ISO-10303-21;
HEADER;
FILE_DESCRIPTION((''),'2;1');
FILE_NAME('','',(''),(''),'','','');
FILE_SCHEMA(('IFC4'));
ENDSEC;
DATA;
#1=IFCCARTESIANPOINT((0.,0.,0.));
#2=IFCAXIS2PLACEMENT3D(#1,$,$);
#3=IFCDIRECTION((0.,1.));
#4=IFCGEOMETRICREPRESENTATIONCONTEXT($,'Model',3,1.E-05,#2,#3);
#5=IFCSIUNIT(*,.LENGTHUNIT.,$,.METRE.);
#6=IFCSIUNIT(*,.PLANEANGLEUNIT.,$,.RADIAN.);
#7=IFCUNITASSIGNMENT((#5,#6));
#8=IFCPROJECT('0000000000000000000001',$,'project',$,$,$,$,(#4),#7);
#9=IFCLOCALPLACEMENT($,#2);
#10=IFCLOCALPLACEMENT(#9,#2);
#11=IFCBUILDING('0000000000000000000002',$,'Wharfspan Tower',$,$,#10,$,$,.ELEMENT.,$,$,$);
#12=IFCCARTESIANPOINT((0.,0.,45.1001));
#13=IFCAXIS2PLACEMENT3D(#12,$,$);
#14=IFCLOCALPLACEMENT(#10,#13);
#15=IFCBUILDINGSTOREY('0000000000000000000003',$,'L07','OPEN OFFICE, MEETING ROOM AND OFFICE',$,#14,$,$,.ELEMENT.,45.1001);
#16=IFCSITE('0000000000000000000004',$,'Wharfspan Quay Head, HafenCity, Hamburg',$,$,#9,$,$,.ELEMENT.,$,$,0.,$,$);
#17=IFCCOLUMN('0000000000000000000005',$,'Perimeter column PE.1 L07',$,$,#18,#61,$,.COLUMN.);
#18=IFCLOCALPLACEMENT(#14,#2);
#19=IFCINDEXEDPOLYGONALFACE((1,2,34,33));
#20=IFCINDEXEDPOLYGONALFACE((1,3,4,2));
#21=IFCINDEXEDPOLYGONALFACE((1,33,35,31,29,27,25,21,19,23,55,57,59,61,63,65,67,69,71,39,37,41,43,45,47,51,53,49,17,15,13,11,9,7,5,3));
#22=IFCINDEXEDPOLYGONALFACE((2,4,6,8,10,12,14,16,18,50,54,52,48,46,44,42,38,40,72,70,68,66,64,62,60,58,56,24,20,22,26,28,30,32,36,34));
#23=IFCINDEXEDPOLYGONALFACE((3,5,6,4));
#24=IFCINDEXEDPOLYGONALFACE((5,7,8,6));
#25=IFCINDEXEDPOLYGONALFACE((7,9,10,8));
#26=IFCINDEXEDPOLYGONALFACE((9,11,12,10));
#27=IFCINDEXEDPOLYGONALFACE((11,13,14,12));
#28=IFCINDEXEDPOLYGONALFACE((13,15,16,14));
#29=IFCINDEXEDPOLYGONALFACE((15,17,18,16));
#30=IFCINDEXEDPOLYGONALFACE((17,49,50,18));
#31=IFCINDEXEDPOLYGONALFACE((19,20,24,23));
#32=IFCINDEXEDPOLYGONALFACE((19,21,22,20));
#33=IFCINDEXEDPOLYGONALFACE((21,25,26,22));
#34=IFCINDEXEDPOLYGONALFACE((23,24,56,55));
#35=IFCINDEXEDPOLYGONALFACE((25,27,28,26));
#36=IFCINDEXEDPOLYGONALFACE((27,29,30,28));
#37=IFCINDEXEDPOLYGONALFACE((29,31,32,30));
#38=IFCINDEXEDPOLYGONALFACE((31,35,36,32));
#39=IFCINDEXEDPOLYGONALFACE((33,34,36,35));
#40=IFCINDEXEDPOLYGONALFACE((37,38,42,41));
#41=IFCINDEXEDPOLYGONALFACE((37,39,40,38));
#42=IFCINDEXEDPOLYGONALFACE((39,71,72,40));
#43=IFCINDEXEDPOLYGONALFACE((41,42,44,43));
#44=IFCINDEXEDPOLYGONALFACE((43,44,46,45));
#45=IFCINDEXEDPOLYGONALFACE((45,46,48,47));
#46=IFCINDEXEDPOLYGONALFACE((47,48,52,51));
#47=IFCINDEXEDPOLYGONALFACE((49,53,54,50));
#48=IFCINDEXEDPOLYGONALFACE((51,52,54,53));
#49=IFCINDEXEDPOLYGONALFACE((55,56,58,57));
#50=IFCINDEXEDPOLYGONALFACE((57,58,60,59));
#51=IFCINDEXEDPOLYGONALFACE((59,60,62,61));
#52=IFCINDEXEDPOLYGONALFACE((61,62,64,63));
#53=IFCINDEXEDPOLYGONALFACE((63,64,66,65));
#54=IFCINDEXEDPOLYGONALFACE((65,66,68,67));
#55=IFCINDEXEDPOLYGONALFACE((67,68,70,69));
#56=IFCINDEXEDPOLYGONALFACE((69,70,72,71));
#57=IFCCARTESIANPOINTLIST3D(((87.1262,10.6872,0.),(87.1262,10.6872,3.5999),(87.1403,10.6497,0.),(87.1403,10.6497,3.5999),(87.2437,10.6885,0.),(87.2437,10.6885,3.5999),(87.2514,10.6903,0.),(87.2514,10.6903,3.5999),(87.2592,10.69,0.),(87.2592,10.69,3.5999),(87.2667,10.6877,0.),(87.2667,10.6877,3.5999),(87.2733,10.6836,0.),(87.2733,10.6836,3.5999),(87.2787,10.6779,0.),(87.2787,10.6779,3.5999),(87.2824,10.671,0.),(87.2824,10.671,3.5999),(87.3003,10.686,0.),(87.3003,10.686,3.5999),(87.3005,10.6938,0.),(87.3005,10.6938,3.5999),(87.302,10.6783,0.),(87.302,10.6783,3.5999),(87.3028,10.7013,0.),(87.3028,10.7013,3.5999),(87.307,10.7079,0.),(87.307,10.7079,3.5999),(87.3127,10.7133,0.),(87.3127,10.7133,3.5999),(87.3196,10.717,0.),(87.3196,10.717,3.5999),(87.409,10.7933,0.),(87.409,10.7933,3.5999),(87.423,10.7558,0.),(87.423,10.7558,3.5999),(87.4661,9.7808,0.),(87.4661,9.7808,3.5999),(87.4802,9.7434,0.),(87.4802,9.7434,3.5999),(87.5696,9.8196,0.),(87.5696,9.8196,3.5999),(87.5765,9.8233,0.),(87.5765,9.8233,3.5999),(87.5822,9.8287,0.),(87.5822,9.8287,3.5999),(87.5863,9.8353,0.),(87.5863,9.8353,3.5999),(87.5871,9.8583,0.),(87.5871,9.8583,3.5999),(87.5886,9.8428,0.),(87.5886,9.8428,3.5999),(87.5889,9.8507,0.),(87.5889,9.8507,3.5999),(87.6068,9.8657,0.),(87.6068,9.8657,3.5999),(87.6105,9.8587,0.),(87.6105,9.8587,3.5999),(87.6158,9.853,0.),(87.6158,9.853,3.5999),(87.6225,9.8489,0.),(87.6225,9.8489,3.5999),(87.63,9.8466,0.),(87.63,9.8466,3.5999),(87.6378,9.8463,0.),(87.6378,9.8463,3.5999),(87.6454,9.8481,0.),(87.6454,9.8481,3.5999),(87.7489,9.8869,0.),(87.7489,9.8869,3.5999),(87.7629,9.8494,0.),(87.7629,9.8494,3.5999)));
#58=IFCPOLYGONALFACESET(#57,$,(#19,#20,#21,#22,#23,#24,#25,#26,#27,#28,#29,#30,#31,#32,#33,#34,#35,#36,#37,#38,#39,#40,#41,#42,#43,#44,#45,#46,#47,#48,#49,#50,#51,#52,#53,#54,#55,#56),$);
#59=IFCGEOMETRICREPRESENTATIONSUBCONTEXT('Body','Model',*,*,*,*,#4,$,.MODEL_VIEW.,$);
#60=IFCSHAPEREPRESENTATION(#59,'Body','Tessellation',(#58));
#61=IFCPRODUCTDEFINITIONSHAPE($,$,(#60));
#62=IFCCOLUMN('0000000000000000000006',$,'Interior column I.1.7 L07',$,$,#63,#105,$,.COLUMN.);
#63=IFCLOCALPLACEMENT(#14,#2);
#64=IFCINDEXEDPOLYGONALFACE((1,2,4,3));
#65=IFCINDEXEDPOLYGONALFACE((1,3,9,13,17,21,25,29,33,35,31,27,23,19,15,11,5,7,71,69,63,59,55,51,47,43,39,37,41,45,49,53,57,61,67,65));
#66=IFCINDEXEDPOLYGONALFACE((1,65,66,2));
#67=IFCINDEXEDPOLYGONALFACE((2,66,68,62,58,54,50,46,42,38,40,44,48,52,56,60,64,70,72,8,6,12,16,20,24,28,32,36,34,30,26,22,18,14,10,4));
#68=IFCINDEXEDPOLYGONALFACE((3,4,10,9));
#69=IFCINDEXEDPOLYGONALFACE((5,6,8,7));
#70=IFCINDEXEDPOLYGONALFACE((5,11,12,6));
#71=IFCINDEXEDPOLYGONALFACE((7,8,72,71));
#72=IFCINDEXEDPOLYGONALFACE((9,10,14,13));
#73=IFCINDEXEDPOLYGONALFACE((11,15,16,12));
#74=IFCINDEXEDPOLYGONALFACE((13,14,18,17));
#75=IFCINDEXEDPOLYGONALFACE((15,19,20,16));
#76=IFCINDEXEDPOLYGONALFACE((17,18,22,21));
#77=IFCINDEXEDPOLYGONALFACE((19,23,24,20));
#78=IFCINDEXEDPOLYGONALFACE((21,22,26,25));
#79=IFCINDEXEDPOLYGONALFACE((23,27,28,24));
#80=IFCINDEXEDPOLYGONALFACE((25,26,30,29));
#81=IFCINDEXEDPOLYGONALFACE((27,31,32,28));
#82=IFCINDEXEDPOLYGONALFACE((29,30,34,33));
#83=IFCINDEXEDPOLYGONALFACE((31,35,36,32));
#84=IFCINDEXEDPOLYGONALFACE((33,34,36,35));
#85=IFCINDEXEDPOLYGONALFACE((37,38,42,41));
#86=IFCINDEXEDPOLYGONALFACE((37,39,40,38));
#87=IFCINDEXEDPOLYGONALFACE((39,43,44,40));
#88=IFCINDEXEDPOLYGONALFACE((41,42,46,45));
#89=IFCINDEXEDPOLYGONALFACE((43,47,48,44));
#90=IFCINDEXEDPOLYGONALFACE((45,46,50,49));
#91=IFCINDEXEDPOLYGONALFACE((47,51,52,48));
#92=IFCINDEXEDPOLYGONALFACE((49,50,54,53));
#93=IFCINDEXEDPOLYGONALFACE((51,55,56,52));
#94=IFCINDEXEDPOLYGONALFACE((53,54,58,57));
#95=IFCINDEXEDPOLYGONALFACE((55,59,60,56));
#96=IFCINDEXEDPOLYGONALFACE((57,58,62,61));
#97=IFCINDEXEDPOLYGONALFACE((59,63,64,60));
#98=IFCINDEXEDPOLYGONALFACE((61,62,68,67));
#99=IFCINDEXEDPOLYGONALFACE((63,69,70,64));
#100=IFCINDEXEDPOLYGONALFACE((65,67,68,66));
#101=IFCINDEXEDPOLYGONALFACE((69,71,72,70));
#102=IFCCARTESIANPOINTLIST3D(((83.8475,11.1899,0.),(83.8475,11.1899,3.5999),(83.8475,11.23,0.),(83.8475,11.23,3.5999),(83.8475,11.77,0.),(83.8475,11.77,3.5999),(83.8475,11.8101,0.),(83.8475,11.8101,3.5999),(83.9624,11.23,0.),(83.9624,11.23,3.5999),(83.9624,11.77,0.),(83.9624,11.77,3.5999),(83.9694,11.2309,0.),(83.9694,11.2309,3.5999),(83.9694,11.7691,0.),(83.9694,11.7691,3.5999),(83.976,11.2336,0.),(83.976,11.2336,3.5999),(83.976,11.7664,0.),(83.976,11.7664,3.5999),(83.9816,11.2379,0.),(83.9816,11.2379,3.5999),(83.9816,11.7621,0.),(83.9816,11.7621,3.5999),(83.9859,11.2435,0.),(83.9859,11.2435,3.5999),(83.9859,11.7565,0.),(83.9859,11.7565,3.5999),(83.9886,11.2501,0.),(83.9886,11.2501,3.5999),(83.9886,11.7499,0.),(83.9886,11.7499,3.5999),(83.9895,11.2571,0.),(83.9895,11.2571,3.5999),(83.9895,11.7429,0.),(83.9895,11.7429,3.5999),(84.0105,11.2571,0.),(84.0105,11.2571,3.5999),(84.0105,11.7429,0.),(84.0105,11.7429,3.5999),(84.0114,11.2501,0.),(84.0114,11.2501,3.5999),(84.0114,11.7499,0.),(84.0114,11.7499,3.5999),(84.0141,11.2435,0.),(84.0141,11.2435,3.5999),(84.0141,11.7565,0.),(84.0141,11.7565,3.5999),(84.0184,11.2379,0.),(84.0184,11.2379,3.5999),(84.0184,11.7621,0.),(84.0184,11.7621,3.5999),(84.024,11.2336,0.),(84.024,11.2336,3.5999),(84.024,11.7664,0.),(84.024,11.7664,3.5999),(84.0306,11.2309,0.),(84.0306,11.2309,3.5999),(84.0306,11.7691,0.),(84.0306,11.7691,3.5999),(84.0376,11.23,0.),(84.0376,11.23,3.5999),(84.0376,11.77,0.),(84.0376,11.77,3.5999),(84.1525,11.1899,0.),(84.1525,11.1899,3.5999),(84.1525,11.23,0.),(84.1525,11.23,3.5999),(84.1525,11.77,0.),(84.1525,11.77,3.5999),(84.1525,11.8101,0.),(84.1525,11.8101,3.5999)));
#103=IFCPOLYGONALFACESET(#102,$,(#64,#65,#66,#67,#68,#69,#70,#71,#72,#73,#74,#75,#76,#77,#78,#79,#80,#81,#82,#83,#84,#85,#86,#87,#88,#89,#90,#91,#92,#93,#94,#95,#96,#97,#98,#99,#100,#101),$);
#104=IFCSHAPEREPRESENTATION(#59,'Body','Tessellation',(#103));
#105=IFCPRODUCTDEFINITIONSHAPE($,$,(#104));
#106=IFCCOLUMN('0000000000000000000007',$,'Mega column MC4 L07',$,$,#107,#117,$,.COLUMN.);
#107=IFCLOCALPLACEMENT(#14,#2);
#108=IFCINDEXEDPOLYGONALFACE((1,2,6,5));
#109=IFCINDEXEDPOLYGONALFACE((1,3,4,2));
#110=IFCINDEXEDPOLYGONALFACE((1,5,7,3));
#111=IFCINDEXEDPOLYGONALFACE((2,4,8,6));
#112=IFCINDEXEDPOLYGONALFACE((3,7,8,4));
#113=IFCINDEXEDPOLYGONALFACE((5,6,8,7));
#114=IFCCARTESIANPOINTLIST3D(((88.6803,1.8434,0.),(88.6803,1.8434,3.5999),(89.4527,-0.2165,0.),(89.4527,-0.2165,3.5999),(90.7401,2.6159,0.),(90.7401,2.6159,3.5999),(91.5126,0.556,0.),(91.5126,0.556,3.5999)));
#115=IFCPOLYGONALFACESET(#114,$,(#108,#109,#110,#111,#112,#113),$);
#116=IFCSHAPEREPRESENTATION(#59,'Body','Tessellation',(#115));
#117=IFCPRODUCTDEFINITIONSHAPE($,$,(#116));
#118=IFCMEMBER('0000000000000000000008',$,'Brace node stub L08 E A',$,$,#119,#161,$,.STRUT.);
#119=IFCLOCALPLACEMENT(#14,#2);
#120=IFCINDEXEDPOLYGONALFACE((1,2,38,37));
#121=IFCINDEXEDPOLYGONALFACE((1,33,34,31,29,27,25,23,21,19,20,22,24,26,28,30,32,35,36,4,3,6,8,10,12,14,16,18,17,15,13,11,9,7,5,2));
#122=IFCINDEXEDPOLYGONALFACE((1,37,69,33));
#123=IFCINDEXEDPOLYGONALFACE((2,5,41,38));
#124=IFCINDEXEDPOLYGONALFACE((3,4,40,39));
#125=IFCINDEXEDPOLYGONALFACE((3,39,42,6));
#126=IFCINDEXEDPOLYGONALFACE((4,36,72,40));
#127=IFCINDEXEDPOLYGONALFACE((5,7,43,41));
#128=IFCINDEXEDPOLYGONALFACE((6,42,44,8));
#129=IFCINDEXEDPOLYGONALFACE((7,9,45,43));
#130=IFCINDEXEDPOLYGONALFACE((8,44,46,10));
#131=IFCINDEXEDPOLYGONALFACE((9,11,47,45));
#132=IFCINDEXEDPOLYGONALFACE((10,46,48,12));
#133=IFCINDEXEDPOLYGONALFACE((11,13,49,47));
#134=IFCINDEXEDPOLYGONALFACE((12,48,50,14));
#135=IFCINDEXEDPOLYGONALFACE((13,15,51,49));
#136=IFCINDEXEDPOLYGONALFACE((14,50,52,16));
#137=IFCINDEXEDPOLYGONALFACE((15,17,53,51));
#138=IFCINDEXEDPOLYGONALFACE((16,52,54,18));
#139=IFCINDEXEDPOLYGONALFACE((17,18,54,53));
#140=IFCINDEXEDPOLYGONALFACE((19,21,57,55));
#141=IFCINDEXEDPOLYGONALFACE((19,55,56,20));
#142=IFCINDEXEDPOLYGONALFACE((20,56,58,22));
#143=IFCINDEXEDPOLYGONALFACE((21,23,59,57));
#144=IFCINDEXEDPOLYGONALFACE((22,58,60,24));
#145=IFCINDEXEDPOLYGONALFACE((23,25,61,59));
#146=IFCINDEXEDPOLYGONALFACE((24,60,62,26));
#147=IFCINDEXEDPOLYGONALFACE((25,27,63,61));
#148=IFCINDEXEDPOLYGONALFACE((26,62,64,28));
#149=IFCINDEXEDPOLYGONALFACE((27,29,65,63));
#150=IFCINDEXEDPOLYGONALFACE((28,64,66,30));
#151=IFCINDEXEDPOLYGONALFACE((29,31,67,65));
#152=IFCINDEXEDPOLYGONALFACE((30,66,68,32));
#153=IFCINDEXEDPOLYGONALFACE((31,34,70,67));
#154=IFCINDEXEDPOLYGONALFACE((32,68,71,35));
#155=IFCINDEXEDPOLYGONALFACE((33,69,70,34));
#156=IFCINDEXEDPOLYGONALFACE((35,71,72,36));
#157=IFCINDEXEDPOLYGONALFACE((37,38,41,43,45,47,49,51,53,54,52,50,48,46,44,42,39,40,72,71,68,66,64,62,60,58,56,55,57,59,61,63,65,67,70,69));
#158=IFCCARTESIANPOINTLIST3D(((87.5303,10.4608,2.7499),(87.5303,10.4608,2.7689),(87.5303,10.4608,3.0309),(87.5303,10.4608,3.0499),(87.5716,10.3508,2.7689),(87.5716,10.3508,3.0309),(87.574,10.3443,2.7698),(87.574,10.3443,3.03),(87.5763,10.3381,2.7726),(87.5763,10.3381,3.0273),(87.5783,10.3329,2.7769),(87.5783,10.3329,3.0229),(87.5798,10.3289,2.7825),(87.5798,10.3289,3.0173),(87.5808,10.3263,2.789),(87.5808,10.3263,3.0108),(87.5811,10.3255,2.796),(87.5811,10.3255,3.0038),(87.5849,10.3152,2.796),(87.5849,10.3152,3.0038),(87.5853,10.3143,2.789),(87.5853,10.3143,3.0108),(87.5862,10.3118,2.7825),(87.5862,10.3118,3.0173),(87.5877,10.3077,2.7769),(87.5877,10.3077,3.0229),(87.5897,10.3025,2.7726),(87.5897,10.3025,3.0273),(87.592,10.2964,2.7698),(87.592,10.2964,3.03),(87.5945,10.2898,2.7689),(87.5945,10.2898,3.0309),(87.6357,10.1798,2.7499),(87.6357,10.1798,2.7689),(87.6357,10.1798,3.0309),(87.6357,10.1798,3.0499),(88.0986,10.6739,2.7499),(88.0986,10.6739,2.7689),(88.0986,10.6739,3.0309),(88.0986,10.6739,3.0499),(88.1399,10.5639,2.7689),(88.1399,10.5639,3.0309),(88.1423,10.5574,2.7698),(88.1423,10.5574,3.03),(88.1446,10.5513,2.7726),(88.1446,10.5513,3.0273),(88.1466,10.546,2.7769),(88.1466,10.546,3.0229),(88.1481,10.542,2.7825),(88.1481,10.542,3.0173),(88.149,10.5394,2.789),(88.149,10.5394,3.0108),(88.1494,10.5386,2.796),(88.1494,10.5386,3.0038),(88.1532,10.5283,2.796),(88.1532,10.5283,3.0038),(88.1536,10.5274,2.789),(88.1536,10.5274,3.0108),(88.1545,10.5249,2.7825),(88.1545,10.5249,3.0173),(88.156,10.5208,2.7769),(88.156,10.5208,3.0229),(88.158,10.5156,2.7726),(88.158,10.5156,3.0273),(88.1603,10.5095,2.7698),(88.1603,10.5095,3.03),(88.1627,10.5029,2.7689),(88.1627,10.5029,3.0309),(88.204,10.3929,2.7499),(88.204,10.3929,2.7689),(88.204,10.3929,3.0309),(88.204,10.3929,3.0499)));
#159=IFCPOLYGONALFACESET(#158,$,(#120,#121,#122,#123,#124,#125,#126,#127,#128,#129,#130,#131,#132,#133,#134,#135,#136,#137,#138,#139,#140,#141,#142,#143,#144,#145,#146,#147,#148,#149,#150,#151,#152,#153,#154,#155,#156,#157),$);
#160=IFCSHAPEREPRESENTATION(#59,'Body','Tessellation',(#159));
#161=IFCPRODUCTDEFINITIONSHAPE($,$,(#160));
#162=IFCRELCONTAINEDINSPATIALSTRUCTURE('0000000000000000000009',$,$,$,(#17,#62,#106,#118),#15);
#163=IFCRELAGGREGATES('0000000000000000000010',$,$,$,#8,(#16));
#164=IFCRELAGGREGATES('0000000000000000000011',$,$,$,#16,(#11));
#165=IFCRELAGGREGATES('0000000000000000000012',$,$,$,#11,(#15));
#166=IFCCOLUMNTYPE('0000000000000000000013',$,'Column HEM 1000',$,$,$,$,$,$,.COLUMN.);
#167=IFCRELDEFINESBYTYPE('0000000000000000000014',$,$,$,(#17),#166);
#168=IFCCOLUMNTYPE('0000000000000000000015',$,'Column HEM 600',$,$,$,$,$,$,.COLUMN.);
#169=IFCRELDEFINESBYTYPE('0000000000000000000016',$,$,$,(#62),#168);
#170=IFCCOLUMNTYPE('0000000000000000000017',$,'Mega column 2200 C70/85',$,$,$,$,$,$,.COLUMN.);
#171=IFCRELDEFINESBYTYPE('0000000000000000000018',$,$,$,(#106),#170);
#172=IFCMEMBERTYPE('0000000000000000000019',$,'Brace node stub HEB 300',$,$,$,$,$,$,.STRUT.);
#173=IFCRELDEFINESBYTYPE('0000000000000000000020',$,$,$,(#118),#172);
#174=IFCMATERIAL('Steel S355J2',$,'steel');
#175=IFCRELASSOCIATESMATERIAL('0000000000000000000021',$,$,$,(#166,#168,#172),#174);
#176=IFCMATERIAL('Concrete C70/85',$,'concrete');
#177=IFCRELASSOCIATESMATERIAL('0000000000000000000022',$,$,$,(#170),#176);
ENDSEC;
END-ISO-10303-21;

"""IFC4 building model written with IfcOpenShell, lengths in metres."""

from ifc_helpers import new_model, si_unit, direction, frame, origin, origin_2d, place, context, subcontext, project, spatial, rectangle, i_section, extrude, material, material_profile, profile_set, type_object, element, save


model = new_model("IFC4")

# Units and contexts
model_context = context("Model", 3, precision=1e-05, world=origin(), true_north=direction((0.0, 1.0)))
body_context = subcontext(model_context, "Body", "Model", "MODEL_VIEW")
ifc_project = project(units=[si_unit("LENGTHUNIT", "METRE"), si_unit("PLANEANGLEUNIT", "RADIAN")], contexts=[model_context])

# Site, building, storey
site_placement = place(None, origin())
site = spatial("IfcSite", under=ifc_project, at=site_placement, Name="Wharfspan Quay Head, HafenCity, Hamburg", CompositionType="ELEMENT", RefElevation=0.0)
building_placement = place(site_placement, origin())
building = spatial("IfcBuilding", under=site, at=building_placement, Name="Wharfspan Tower", CompositionType="ELEMENT")
storey_placement = place(building_placement, frame((0.0, 0.0, 45.1001)))
storey = spatial("IfcBuildingStorey", under=building, at=storey_placement, Name="L07", Description="OPEN OFFICE, MEETING ROOM AND OFFICE", CompositionType="ELEMENT", Elevation=45.1001)

# Columns
ifc_material_1 = material(Name="Steel S355J2", Category="steel")
ifc_material_profile_1 = material_profile(ifc_material_1, i_section(OverallWidth=0.302, OverallDepth=1.0081, WebThickness=0.021, FlangeThickness=0.04, FilletRadius=0.03, at=origin_2d()))
ifc_profile_set_1 = profile_set([ifc_material_profile_1], Name="Steel S355J2")
column_type_1 = type_object("IfcColumnType", Name="Column HEM 1000", PredefinedType="COLUMN", material=ifc_profile_set_1)
column_1_placement = place(storey_placement, frame((87.4446, 10.2683, 0.0), z_axis=(0.0, 0.0, 1.0), x_axis=(0.936328, 0.351123, 0.0)))
element("IfcColumn", 1, at=column_1_placement, inside=storey, type_object=column_type_1, Name="Perimeter column PE.1 L07", PredefinedType="COLUMN", context=body_context, shape_type="SweptSolid", body=[
    extrude(i_section(OverallWidth=0.302, OverallDepth=1.0081, WebThickness=0.021, FlangeThickness=0.04, FilletRadius=0.03, at=origin_2d()), origin(), (0.0, 0.0, 1.0), 3.5999),
])
ifc_material_profile_2 = material_profile(ifc_material_1, i_section(OverallWidth=0.3049, OverallDepth=0.6201, WebThickness=0.021, FlangeThickness=0.04, FilletRadius=0.0271, at=origin_2d()))
ifc_profile_set_2 = profile_set([ifc_material_profile_2], Name="Steel S355J2")
column_type_2 = type_object("IfcColumnType", Name="Column HEM 600", PredefinedType="COLUMN", material=ifc_profile_set_2)
column_2_placement = place(storey_placement, frame((84.0, 11.5, 0.0), z_axis=(0.0, 0.0, 1.0), x_axis=(1.0, 0.0, 0.0)))
element("IfcColumn", 2, at=column_2_placement, inside=storey, type_object=column_type_2, Name="Interior column I.1.7 L07", PredefinedType="COLUMN", context=body_context, shape_type="SweptSolid", body=[
    extrude(i_section(OverallWidth=0.3049, OverallDepth=0.6201, WebThickness=0.021, FlangeThickness=0.04, FilletRadius=0.0271, at=origin_2d()), origin(), (0.0, 0.0, 1.0), 3.5999),
])
ifc_material_2 = material(Name="Concrete C70/85", Category="concrete")
ifc_material_profile_3 = material_profile(ifc_material_2, rectangle(XDim=2.2, YDim=2.2, at=origin_2d()))
ifc_profile_set_3 = profile_set([ifc_material_profile_3], Name="Concrete C70/85")
column_type_3 = type_object("IfcColumnType", Name="Mega column 2200 C70/85", PredefinedType="COLUMN", material=ifc_profile_set_3)
column_3_placement = place(storey_placement, frame((90.0964, 1.1997, 0.0), z_axis=(0.0, 0.0, 1.0), x_axis=(-0.351123, 0.936328, 0.0)))
element("IfcColumn", 3, at=column_3_placement, inside=storey, type_object=column_type_3, Name="Mega column MC4 L07", PredefinedType="COLUMN", context=body_context, shape_type="SweptSolid", body=[
    extrude(rectangle(XDim=2.2, YDim=2.2, at=origin_2d()), origin(), (0.0, 0.0, 1.0), 3.5999),
])

# Member
ifc_material_profile_4 = material_profile(ifc_material_1, i_section(OverallWidth=0.3, OverallDepth=0.3, WebThickness=0.011, FlangeThickness=0.019, FilletRadius=0.0271, at=origin_2d()))
ifc_profile_set_4 = profile_set([ifc_material_profile_4], Name="Steel S355J2")
member_type_1 = type_object("IfcMemberType", Name="Brace node stub HEB 300", PredefinedType="STRUT", material=ifc_profile_set_4)
member_1_placement = place(storey_placement, frame((87.583, 10.3203, 2.8999), z_axis=(0.936329, 0.351123, 0.0), x_axis=(-0.351123, 0.936329, 0.0)))
element("IfcMember", 4, at=member_1_placement, inside=storey, type_object=member_type_1, Name="Brace node stub L08 E A", PredefinedType="STRUT", context=body_context, shape_type="SweptSolid", body=[
    extrude(i_section(OverallWidth=0.3, OverallDepth=0.3, WebThickness=0.011, FlangeThickness=0.019, FilletRadius=0.0271, at=origin_2d()), origin(), (0.0, 0.0, 1.0), 0.6069),
])

save(model, "model.ifc")
